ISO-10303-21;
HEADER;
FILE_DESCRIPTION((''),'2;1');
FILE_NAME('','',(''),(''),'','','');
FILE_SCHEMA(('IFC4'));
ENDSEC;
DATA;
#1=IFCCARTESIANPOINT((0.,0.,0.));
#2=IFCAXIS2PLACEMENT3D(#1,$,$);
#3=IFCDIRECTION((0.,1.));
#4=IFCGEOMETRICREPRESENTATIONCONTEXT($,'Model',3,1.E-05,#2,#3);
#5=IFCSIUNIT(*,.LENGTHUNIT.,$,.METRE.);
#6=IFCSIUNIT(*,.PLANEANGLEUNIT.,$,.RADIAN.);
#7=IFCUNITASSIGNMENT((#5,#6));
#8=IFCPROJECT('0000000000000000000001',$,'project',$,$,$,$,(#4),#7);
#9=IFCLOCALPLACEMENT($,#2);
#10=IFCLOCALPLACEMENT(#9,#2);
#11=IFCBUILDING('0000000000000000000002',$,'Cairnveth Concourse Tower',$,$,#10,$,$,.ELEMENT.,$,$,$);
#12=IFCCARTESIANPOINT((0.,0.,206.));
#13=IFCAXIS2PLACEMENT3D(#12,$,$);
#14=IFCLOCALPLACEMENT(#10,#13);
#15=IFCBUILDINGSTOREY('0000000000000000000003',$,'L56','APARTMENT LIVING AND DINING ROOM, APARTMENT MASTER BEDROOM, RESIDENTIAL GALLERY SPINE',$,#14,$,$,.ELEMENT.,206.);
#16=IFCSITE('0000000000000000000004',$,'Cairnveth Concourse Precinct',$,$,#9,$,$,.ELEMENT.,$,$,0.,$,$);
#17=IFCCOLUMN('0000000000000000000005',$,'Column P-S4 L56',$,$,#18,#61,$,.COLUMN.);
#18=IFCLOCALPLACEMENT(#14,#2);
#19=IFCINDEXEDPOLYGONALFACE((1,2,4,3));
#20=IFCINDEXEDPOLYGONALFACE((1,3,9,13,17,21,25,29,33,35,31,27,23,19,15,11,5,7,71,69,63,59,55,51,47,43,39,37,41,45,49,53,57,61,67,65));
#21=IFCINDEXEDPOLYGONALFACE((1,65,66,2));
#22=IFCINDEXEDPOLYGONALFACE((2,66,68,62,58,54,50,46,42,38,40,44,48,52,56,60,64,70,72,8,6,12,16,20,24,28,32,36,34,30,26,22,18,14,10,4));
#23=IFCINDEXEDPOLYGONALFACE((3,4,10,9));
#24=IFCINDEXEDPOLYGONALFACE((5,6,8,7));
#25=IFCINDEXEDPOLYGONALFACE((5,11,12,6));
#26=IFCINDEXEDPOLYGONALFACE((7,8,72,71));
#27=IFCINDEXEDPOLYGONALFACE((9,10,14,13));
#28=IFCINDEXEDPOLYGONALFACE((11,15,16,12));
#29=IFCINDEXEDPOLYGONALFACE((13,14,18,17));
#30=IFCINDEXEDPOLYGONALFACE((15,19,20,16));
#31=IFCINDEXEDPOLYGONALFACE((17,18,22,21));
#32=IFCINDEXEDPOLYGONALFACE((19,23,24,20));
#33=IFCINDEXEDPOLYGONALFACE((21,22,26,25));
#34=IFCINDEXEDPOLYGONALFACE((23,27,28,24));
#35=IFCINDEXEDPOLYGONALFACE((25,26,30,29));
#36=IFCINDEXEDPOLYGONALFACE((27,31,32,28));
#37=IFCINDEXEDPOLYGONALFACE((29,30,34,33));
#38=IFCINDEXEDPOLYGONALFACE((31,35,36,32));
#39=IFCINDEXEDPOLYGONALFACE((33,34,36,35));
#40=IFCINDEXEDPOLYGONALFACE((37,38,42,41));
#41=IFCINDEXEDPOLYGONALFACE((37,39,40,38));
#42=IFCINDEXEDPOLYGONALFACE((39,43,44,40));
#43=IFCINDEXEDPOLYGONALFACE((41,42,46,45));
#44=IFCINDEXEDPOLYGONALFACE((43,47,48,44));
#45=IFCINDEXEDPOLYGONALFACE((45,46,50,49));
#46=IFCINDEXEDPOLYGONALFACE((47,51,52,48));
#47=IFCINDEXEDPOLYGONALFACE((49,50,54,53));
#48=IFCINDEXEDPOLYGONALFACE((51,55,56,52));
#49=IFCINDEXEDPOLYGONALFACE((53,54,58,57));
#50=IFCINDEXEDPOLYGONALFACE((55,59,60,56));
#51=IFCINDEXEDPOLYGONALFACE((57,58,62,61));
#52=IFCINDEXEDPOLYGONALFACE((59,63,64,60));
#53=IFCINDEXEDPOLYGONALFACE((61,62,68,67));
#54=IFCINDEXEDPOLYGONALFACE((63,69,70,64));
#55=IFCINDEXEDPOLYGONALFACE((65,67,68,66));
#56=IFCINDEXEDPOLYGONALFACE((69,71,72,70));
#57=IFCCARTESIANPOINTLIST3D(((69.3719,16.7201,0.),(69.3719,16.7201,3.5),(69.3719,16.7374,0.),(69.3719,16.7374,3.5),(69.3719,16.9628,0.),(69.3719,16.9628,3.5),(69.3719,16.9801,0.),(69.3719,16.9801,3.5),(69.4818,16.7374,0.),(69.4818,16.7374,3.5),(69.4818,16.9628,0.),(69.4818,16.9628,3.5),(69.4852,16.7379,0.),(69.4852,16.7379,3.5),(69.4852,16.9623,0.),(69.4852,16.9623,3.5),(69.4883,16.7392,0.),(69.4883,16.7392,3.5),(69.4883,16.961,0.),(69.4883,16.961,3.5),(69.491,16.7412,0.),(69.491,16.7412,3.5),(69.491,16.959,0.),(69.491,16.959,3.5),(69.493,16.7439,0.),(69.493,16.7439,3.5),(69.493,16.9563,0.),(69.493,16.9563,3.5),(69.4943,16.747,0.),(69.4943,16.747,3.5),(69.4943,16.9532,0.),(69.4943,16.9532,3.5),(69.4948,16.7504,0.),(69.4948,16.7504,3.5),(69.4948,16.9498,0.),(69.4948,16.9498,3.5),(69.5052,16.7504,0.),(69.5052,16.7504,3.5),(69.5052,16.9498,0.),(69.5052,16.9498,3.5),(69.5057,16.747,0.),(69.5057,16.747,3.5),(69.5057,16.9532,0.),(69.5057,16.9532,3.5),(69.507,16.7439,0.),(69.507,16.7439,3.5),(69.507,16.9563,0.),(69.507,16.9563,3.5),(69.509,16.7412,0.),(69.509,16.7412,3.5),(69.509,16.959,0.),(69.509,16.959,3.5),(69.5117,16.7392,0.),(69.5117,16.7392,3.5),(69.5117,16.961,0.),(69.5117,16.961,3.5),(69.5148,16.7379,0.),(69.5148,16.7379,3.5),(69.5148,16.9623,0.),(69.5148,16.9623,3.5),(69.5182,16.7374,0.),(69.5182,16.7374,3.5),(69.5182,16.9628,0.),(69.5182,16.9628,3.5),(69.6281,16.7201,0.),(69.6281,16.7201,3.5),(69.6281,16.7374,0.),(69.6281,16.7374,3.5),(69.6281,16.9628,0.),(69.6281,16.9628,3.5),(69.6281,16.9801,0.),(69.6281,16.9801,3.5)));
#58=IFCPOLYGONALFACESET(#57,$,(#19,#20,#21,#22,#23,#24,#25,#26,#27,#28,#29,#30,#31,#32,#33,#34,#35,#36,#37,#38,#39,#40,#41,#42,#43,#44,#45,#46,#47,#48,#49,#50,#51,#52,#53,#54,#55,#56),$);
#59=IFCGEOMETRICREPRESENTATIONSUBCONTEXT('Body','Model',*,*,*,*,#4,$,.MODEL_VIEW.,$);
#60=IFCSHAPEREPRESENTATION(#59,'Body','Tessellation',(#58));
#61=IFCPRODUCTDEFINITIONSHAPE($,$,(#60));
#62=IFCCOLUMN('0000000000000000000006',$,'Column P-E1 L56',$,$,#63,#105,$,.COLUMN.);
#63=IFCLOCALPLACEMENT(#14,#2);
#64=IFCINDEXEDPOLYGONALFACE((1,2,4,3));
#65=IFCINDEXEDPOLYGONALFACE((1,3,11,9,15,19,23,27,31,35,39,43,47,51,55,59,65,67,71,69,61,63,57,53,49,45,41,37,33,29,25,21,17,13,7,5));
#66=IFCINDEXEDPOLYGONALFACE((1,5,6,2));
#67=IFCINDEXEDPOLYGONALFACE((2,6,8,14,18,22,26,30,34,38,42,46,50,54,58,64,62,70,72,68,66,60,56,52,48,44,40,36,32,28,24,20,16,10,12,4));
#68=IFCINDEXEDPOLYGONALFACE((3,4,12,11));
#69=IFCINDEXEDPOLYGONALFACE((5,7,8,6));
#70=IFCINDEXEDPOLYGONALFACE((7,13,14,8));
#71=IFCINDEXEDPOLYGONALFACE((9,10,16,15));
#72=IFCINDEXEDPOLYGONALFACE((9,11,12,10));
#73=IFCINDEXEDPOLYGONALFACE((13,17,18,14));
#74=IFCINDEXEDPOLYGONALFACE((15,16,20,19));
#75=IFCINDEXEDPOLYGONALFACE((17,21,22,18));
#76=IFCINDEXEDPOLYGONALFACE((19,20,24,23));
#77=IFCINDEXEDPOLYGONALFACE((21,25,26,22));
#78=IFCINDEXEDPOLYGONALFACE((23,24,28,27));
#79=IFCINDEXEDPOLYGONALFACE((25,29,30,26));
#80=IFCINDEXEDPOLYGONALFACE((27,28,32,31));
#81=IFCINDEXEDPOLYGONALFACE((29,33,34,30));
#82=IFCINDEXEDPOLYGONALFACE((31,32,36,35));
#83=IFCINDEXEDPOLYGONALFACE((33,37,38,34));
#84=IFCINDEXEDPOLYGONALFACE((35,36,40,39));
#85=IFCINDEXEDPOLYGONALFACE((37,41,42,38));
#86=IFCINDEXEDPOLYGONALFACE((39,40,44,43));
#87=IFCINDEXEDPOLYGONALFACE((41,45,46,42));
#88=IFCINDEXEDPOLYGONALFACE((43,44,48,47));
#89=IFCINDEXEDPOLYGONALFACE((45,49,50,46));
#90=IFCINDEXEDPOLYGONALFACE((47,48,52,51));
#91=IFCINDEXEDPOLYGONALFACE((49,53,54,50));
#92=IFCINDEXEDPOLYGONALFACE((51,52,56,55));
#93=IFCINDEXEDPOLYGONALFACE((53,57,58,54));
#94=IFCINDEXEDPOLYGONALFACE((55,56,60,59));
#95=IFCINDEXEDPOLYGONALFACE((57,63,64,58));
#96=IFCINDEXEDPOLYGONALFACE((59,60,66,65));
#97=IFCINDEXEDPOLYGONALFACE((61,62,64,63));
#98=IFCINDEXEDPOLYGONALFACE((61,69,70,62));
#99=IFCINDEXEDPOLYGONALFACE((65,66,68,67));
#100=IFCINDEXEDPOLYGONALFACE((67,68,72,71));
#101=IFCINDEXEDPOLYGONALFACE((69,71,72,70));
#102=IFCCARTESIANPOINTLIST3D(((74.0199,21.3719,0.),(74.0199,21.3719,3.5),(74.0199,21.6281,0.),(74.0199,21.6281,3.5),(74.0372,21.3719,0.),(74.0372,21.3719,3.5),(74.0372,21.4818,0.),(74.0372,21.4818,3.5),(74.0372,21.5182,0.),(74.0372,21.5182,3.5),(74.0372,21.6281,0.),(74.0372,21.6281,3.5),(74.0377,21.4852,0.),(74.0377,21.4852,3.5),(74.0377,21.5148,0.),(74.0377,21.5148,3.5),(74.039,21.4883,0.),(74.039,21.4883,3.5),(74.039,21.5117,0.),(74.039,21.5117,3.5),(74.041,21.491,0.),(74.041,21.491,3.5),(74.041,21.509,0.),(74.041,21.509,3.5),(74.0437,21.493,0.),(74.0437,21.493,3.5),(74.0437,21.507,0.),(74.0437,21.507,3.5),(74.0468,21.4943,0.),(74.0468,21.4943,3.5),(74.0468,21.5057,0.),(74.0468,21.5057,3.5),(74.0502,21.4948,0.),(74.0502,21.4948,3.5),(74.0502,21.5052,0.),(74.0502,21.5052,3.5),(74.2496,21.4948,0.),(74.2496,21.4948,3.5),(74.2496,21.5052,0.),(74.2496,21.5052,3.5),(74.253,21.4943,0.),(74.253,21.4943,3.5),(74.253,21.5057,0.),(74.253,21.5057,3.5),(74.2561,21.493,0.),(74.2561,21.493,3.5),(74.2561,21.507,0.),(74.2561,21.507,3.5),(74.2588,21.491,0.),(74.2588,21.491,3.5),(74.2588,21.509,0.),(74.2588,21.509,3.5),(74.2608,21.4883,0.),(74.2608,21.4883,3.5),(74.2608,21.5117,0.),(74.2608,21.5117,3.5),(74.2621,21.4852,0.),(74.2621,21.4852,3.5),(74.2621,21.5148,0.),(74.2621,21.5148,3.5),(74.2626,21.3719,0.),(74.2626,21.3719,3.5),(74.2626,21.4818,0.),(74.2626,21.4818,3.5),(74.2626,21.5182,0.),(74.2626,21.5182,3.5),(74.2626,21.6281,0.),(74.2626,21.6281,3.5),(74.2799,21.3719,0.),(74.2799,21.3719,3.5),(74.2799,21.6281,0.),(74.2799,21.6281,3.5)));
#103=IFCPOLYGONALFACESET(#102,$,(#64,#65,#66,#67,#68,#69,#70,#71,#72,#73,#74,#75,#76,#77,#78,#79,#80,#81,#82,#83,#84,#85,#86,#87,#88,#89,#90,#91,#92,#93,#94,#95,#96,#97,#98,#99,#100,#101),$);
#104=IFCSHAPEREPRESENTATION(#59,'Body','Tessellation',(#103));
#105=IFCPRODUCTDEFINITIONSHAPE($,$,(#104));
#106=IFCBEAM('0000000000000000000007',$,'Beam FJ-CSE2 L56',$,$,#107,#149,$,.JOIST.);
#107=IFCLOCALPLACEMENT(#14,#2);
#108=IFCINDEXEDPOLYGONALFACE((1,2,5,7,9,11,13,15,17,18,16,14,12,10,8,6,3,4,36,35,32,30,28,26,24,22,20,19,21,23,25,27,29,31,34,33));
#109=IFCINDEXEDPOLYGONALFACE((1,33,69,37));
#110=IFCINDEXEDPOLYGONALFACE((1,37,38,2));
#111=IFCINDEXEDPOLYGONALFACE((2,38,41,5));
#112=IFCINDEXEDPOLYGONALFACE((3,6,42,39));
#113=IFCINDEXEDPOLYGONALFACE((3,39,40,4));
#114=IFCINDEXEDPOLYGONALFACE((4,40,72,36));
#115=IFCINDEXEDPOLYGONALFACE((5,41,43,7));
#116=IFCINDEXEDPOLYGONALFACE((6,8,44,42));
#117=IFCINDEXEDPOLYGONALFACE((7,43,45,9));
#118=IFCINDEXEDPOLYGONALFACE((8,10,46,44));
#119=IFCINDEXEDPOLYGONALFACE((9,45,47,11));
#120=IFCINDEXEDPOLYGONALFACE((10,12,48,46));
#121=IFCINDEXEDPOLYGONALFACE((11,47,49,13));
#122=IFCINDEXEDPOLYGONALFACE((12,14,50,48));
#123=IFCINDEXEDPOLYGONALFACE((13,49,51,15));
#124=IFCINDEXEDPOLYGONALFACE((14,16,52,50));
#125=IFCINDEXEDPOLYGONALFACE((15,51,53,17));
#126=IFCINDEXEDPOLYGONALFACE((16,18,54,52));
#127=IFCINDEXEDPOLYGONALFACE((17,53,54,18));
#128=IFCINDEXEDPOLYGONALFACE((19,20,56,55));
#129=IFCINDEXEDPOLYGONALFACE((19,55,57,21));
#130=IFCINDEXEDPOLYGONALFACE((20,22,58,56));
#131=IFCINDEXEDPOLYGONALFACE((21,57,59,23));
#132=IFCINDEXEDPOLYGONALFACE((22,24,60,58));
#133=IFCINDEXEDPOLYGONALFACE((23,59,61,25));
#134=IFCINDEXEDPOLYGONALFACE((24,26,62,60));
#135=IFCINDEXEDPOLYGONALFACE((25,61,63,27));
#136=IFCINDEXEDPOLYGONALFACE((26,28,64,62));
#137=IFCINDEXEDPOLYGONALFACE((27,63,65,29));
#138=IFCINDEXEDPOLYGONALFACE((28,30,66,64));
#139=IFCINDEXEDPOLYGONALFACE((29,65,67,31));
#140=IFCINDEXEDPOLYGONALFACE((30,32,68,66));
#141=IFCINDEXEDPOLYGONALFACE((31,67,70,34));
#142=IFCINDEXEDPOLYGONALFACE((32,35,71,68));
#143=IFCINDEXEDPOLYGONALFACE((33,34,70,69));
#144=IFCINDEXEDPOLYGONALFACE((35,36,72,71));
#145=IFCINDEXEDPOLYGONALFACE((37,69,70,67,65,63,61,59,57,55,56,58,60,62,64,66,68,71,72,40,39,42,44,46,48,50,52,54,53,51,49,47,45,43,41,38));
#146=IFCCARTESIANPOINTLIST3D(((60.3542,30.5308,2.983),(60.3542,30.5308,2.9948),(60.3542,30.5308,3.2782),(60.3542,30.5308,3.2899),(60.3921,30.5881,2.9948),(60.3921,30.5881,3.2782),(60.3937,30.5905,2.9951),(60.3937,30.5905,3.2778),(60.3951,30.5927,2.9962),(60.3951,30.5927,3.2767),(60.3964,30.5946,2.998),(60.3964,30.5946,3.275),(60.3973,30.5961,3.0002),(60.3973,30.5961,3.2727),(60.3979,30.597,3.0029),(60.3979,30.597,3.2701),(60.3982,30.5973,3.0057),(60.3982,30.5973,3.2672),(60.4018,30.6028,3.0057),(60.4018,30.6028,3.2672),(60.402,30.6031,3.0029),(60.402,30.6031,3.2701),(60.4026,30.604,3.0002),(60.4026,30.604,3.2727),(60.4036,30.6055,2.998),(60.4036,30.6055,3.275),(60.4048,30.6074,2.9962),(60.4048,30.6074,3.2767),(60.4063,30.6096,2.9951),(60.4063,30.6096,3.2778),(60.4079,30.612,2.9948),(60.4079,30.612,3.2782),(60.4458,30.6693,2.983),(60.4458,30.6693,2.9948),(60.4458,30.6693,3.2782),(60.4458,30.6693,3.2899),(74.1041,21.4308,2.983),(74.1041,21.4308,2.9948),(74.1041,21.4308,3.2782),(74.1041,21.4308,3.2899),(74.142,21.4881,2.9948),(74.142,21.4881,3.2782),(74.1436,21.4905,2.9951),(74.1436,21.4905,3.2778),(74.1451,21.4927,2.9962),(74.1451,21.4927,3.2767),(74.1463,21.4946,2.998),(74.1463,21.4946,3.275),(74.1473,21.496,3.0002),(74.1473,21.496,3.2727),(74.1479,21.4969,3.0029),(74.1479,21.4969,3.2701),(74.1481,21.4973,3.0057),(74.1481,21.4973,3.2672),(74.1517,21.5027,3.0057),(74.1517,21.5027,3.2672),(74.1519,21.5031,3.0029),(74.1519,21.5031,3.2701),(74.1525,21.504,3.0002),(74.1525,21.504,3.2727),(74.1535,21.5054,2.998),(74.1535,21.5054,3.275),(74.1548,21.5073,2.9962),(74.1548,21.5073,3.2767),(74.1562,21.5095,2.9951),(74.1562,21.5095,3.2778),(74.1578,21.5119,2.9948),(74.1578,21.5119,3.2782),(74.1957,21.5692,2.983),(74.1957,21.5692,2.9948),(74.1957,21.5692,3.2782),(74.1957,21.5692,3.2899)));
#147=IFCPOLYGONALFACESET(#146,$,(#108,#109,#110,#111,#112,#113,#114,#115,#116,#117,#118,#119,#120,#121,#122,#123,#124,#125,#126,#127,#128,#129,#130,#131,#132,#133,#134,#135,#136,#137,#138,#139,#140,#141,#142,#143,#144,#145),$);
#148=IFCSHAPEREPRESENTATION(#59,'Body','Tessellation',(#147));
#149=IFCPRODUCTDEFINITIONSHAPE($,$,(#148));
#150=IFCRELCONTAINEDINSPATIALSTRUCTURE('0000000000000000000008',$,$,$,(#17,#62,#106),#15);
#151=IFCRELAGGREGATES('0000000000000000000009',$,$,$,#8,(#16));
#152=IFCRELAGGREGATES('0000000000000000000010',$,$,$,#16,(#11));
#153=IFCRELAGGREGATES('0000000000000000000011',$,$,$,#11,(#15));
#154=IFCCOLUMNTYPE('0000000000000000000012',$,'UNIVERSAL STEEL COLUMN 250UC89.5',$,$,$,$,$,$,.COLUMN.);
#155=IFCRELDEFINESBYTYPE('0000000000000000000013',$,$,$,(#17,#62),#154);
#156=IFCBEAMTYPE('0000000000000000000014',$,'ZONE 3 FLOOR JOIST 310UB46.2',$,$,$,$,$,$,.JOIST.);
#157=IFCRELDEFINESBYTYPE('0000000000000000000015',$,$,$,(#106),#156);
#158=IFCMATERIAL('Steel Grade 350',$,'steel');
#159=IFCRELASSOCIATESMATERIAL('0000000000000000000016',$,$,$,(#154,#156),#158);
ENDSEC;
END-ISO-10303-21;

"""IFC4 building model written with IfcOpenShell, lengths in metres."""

from ifc_helpers import new_model, si_unit, direction, frame, origin, origin_2d, place, context, subcontext, project, spatial, i_section, extrude, material, material_profile, profile_set, type_object, element, save


model = new_model("IFC4")

# Units and contexts
model_context = context("Model", 3, precision=1e-05, world=origin(), true_north=direction((0.0, 1.0)))
body_context = subcontext(model_context, "Body", "Model", "MODEL_VIEW")
ifc_project = project(units=[si_unit("LENGTHUNIT", "METRE"), si_unit("PLANEANGLEUNIT", "RADIAN")], contexts=[model_context])

# Site, building, storey
site_placement = place(None, origin())
site = spatial("IfcSite", under=ifc_project, at=site_placement, Name="Cairnveth Concourse Precinct", CompositionType="ELEMENT", RefElevation=0.0)
building_placement = place(site_placement, origin())
building = spatial("IfcBuilding", under=site, at=building_placement, Name="Cairnveth Concourse Tower", CompositionType="ELEMENT")
storey_placement = place(building_placement, frame((0.0, 0.0, 206.0)))
storey = spatial("IfcBuildingStorey", under=building, at=storey_placement, Name="L56", Description="APARTMENT LIVING AND DINING ROOM, APARTMENT MASTER BEDROOM, RESIDENTIAL GALLERY SPINE", CompositionType="ELEMENT", Elevation=206.0)

# Columns
ifc_material_1 = material(Name="Steel Grade 350", Category="steel")
ifc_material_profile_1 = material_profile(ifc_material_1, i_section(OverallWidth=0.2561, OverallDepth=0.26, WebThickness=0.0105, FlangeThickness=0.0173, FilletRadius=0.0129, at=origin_2d()), Name="250UC89.5")
ifc_profile_set_1 = profile_set([ifc_material_profile_1], Name="Steel Grade 350")
column_type = type_object("IfcColumnType", Name="UNIVERSAL STEEL COLUMN 250UC89.5", PredefinedType="COLUMN", material=ifc_profile_set_1)
for number, where, z_axis, x_axis, name in (
    (1, (69.5, 16.8501, 0.0), (0.0, 0.0, 1.0), (1.0, 0.0, 0.0), "Column P-S4 L56"),
    (2, (74.1499, 21.5, 0.0), (0.0, 0.0, 1.0), (0.0, 1.0, 0.0), "Column P-E1 L56"),
):
    element("IfcColumn", number, at=place(storey_placement, frame(where, z_axis=z_axis, x_axis=x_axis)), inside=storey, type_object=column_type, Name=name, PredefinedType="COLUMN", context=body_context, shape_type="SweptSolid", body=[
        extrude(i_section(OverallWidth=0.2561, OverallDepth=0.26, WebThickness=0.0105, FlangeThickness=0.0173, FilletRadius=0.0129, at=origin_2d()), origin(), (0.0, 0.0, 1.0), 3.5),
    ])

# Beam
ifc_material_profile_2 = material_profile(ifc_material_1, i_section(OverallWidth=0.166, OverallDepth=0.3069, WebThickness=0.0066, FlangeThickness=0.0117, FilletRadius=0.011, at=origin_2d()), Name="310UB46.2")
ifc_profile_set_2 = profile_set([ifc_material_profile_2], Name="Steel Grade 350")
beam_type_1 = type_object("IfcBeamType", Name="ZONE 3 FLOOR JOIST 310UB46.2", PredefinedType="JOIST", material=ifc_profile_set_2)
beam_1_placement = place(storey_placement, frame((74.1499, 21.5, 3.1365), z_axis=(-0.833909, 0.551902, 0.0), x_axis=(-0.551902, -0.833909, 0.0)))
element("IfcBeam", 3, at=beam_1_placement, inside=storey, type_object=beam_type_1, Name="Beam FJ-CSE2 L56", PredefinedType="JOIST", context=body_context, shape_type="SweptSolid", body=[
    extrude(i_section(OverallWidth=0.166, OverallDepth=0.3069, WebThickness=0.0066, FlangeThickness=0.0117, FilletRadius=0.011, at=origin_2d()), origin(), (0.0, 0.0, 1.0), 16.4885),
])

save(model, "model.ifc")
